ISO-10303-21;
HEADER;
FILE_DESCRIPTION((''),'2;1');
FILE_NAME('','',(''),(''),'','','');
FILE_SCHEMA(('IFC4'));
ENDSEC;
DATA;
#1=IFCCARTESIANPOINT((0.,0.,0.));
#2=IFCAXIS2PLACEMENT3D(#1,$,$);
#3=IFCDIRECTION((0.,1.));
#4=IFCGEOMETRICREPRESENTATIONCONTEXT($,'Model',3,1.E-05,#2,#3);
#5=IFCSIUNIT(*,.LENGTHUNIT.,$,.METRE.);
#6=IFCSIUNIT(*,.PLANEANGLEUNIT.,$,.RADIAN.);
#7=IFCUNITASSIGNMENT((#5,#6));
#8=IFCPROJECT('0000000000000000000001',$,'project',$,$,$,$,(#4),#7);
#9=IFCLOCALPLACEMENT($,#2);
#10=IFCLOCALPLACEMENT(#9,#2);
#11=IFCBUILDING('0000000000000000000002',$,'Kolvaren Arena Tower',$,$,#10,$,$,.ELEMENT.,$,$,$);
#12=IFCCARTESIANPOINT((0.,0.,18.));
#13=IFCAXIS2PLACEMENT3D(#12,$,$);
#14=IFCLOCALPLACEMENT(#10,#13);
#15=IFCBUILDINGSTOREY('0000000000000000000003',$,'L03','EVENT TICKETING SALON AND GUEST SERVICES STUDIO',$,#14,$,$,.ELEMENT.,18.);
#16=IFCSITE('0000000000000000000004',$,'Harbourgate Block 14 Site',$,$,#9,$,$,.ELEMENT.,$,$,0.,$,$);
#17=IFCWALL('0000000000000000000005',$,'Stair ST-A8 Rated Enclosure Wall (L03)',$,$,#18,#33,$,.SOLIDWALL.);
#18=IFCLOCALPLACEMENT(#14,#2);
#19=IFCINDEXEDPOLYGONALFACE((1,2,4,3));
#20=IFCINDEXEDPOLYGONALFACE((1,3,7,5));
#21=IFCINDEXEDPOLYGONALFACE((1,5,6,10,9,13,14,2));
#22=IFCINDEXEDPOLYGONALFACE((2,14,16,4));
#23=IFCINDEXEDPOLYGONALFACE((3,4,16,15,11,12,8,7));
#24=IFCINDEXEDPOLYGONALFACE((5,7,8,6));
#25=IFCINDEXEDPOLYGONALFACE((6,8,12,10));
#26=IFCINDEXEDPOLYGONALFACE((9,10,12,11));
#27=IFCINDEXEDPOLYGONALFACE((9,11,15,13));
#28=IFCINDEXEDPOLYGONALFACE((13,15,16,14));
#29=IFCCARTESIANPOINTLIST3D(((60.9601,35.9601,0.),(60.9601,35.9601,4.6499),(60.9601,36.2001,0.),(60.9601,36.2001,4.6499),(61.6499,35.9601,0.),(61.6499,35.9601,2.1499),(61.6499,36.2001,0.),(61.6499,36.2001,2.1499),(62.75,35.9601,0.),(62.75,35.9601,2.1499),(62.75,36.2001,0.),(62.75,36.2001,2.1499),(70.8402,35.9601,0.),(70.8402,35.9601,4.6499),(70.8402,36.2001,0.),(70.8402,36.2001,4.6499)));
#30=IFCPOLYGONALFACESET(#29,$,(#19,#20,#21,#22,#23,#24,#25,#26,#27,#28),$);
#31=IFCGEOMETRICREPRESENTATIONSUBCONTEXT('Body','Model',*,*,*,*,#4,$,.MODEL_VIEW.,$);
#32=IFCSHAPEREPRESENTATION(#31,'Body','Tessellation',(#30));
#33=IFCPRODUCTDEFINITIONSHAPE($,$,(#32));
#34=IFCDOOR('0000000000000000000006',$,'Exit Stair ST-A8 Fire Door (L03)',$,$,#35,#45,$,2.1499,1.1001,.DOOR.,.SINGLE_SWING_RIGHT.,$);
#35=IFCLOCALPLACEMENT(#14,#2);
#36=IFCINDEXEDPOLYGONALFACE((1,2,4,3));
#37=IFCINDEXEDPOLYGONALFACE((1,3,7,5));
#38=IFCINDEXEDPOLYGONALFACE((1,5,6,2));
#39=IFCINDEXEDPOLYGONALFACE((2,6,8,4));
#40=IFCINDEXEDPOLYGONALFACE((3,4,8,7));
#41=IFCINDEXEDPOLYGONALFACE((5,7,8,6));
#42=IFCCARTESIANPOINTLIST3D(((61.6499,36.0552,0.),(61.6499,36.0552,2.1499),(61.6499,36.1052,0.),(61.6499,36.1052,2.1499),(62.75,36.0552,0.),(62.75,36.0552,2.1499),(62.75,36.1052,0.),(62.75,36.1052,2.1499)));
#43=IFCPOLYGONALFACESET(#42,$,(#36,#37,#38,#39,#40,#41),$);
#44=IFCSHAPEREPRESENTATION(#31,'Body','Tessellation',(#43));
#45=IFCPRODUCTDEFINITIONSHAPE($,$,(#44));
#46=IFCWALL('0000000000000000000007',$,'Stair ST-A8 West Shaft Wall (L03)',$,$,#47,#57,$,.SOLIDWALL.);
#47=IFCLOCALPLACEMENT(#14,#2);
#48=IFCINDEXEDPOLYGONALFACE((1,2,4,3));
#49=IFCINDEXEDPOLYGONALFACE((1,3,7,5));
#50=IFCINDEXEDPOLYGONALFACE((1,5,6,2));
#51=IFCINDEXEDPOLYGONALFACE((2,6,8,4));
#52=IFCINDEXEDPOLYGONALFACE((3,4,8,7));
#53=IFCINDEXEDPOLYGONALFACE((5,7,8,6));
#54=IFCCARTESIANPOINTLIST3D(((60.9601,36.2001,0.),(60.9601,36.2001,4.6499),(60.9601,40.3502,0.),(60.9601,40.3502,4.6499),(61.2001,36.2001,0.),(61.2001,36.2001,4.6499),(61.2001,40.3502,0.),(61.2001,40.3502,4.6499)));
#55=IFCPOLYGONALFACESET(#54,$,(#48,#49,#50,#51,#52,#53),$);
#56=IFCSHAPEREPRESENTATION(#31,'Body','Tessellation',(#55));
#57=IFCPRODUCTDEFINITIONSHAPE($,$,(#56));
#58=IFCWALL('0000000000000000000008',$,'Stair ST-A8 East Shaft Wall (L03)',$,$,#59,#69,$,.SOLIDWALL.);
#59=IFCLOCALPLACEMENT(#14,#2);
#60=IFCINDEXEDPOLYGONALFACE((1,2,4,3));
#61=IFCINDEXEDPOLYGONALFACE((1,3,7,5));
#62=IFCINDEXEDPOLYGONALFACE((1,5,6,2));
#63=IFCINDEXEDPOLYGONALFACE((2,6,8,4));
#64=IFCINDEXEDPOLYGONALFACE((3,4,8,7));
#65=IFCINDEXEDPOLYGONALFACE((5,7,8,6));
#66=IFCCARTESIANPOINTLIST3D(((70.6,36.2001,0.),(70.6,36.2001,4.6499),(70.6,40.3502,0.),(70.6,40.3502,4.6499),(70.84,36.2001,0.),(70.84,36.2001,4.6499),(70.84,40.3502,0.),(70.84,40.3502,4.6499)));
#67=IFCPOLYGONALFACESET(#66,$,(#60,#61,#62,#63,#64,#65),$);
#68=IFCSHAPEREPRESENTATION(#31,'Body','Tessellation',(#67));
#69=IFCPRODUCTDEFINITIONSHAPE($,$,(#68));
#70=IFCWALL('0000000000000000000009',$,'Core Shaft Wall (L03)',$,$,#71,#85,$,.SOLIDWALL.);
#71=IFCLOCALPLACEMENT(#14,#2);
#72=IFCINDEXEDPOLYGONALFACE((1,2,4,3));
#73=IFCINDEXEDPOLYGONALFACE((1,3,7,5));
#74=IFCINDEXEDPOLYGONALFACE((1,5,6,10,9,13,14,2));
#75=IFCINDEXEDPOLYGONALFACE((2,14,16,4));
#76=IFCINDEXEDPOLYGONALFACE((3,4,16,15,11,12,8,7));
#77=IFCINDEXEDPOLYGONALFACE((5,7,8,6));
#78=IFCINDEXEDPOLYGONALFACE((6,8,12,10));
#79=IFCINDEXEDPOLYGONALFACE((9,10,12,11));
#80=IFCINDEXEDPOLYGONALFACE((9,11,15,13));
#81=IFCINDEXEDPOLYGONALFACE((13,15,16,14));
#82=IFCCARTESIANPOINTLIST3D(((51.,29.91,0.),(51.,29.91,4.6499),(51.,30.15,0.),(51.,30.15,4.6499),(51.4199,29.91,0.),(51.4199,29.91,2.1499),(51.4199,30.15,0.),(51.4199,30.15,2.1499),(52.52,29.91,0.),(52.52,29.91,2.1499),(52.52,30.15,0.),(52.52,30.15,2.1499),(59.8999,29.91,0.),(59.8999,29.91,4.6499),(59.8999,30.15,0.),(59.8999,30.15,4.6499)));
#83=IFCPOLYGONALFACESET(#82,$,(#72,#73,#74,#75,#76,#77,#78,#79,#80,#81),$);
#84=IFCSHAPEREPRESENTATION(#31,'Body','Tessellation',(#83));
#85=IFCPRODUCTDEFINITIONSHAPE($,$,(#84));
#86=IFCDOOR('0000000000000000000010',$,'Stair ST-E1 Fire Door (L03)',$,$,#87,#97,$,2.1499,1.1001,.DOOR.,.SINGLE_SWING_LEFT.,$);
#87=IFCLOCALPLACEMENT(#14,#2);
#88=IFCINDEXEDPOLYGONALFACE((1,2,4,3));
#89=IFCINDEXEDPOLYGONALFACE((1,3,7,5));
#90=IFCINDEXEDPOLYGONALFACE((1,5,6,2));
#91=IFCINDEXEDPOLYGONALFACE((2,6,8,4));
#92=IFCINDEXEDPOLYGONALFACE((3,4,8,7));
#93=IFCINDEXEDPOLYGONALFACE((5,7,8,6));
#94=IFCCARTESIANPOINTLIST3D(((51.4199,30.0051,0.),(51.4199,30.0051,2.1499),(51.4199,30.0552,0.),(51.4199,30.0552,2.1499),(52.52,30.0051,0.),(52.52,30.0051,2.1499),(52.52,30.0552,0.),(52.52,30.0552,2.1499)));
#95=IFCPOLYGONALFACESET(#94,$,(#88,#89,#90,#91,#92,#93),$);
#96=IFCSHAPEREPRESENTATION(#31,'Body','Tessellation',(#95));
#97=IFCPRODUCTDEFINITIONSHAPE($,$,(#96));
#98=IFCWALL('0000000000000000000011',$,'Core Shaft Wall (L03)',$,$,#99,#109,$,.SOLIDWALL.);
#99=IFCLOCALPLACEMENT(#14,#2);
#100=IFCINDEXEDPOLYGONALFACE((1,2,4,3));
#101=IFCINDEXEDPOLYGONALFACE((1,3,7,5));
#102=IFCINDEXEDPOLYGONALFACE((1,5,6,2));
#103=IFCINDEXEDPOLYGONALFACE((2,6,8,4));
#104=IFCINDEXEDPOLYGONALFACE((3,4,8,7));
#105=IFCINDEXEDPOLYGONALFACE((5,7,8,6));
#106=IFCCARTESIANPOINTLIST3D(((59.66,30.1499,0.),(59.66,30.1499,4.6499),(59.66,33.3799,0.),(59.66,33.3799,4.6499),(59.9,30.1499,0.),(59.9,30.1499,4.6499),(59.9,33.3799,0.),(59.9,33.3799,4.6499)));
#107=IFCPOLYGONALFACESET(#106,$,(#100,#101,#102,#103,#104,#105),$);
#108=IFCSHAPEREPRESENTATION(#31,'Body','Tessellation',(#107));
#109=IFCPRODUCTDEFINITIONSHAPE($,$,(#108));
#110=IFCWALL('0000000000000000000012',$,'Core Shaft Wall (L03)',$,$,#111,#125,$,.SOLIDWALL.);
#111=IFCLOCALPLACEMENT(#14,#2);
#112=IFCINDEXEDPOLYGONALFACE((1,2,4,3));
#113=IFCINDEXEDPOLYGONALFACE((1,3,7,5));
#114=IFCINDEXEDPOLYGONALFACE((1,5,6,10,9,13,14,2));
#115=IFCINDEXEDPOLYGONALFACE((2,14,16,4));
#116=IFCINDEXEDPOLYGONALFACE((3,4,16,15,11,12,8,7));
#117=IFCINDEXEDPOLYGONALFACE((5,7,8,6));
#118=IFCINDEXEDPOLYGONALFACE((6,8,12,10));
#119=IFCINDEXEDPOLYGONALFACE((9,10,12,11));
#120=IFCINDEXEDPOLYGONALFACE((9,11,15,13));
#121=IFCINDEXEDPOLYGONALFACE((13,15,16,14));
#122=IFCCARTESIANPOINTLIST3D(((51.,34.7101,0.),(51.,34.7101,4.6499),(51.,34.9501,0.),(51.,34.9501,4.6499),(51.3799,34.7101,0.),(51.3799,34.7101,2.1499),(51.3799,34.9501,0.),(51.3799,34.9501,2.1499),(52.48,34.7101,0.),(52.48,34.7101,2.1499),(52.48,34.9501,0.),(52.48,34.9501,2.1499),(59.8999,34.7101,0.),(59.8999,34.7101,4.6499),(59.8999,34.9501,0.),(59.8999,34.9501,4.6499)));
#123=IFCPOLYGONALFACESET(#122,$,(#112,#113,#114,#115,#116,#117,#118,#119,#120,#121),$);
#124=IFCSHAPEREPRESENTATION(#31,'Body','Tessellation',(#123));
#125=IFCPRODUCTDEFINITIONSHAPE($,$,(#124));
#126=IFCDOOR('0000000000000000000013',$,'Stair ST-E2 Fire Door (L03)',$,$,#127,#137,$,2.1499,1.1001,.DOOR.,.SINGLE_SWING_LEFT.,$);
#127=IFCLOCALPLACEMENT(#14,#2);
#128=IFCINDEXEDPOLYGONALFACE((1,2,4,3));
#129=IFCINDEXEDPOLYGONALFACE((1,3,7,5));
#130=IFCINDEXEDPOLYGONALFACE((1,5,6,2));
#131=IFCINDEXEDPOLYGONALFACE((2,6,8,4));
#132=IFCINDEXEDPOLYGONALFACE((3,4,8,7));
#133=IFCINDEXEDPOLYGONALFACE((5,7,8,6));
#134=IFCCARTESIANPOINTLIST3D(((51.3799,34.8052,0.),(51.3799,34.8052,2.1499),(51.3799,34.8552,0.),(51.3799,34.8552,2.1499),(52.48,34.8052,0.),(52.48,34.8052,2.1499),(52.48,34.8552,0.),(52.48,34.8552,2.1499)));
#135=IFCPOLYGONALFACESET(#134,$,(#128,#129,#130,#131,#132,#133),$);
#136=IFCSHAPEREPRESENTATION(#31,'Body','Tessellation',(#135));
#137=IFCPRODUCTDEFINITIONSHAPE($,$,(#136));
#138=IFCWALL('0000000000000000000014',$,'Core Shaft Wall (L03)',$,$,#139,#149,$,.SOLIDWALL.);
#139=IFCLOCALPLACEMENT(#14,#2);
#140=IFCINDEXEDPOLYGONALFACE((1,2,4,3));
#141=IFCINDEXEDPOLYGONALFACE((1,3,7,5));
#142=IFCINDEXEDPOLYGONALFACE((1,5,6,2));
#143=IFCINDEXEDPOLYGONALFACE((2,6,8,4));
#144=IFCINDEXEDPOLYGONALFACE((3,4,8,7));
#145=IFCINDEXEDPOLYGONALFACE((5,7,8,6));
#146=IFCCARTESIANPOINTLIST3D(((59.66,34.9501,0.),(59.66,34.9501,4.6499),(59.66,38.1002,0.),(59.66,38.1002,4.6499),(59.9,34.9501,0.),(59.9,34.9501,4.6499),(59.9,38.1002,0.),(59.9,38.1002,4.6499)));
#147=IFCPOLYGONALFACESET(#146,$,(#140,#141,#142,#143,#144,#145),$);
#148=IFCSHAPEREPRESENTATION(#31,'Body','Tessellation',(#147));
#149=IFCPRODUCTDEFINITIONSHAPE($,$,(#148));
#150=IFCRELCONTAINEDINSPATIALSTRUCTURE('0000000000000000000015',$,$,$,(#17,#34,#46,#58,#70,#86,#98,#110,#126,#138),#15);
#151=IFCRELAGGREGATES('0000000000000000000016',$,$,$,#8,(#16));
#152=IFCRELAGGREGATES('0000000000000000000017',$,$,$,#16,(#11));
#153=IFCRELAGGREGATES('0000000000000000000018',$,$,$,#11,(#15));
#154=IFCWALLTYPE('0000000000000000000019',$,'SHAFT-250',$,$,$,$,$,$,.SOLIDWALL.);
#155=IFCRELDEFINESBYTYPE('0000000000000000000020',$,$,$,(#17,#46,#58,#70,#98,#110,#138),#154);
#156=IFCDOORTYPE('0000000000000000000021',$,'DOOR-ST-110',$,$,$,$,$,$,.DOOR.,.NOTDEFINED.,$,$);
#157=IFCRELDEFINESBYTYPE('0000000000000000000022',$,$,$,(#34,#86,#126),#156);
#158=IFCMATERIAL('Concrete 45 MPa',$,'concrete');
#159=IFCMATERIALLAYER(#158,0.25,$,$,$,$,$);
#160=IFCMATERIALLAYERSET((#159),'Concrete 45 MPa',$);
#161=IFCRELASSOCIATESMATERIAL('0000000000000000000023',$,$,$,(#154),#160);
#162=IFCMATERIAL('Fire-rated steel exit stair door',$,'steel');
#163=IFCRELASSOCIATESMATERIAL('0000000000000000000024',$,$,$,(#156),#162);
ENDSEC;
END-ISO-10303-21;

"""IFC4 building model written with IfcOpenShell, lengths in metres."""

from ifc_helpers import new_model, si_unit, direction, frame, frame_2d, origin, place, context, subcontext, project, spatial, rectangle, extrude, material, layer, layer_set, type_object, element, fill, save


model = new_model("IFC4")

# Units and contexts
model_context = context("Model", 3, precision=1e-05, world=origin(), true_north=direction((0.0, 1.0)))
body_context = subcontext(model_context, "Body", "Model", "MODEL_VIEW")
ifc_project = project(units=[si_unit("LENGTHUNIT", "METRE"), si_unit("PLANEANGLEUNIT", "RADIAN")], contexts=[model_context])

# Site, building, storey
site_placement = place(None, origin())
site = spatial("IfcSite", under=ifc_project, at=site_placement, Name="Harbourgate Block 14 Site", CompositionType="ELEMENT", RefElevation=0.0)
building_placement = place(site_placement, origin())
building = spatial("IfcBuilding", under=site, at=building_placement, Name="Kolvaren Arena Tower", CompositionType="ELEMENT")
storey_placement = place(building_placement, frame((0.0, 0.0, 18.0)))
storey = spatial("IfcBuildingStorey", under=building, at=storey_placement, Name="L03", Description="EVENT TICKETING SALON AND GUEST SERVICES STUDIO", CompositionType="ELEMENT", Elevation=18.0)

# Wall, opening, door
ifc_material_1 = material(Name="Concrete 45 MPa", Category="concrete")
ifc_layer_1 = layer(ifc_material_1, 0.25)
ifc_layer_set_1 = layer_set([ifc_layer_1], Name="Concrete 45 MPa")
wall_type_1 = type_object("IfcWallType", Name="SHAFT-250", PredefinedType="SOLIDWALL", material=ifc_layer_set_1)
wall_1_placement = place(storey_placement, frame((70.8401, 36.0801, 0.0), z_axis=(0.0, 0.0, 1.0), x_axis=(-1.0, 0.0, 0.0)))
wall_1 = element("IfcWall", 1, at=wall_1_placement, inside=storey, type_object=wall_type_1, Name="Stair ST-A8 Rated Enclosure Wall (L03)", PredefinedType="SOLIDWALL", context=body_context, shape_type="SweptSolid", body=[
    extrude(rectangle(XDim=9.8801, YDim=0.24, at=frame_2d((4.9399, 0.0))), origin(), (0.0, 0.0, 1.0), 4.6499),
])
opening_1_placement = place(wall_1_placement, frame((8.0901, 0.0, 0.0)))
opening_1 = element("IfcOpeningElement", 2, at=opening_1_placement, cuts=wall_1, PredefinedType="OPENING", context=body_context, shape_type="SweptSolid", body=[
    extrude(rectangle(XDim=1.1001, YDim=2.1499, at=frame_2d((0.55, 1.075))), frame((0.0, 0.1299, 0.0), z_axis=(0.0, -1.0, 0.0), x_axis=(1.0, 0.0, 0.0)), (0.0, 0.0, 1.0), 0.26),
])
ifc_material_2 = material(Name="Fire-rated steel exit stair door", Category="steel")
door_type = type_object("IfcDoorType", Name="DOOR-ST-110", OperationType="NOTDEFINED", PredefinedType="DOOR", material=ifc_material_2)
door_1_placement = place(opening_1_placement, origin())
door_1 = element("IfcDoor", 3, at=door_1_placement, inside=storey, type_object=door_type, Name="Exit Stair ST-A8 Fire Door (L03)", OperationType="SINGLE_SWING_RIGHT", OverallHeight=2.1499, OverallWidth=1.1001, PredefinedType="DOOR", context=body_context, shape_type="SweptSolid", body=[
    extrude(rectangle(XDim=1.1001, YDim=2.1499, at=frame_2d((0.55, 1.075))), frame((0.0, 0.0249, 0.0), z_axis=(0.0, -1.0, 0.0), x_axis=(1.0, 0.0, 0.0)), (0.0, 0.0, 1.0), 0.05),
])
fill(opening_1, door_1)

# Walls
for number, where, z_axis, x_axis, name in (
    (4, (61.0801, 36.2, 0.0), (0.0, 0.0, 1.0), (0.0, 1.0, 0.0), "Stair ST-A8 West Shaft Wall (L03)"),
    (5, (70.72, 36.2, 0.0), (0.0, 0.0, 1.0), (0.0, 1.0, 0.0), "Stair ST-A8 East Shaft Wall (L03)"),
):
    element("IfcWall", number, at=place(storey_placement, frame(where, z_axis=z_axis, x_axis=x_axis)), inside=storey, type_object=wall_type_1, Name=name, PredefinedType="SOLIDWALL", context=body_context, shape_type="SweptSolid", body=[
        extrude(rectangle(XDim=4.1501, YDim=0.24, at=frame_2d((2.0752, 0.0))), origin(), (0.0, 0.0, 1.0), 4.6499),
    ])

# Wall, opening, door
wall_2_placement = place(storey_placement, frame((59.8999, 30.03, 0.0), z_axis=(0.0, 0.0, 1.0), x_axis=(-1.0, 0.0, 0.0)))
wall_2 = element("IfcWall", 6, at=wall_2_placement, inside=storey, type_object=wall_type_1, Name="Core Shaft Wall (L03)", PredefinedType="SOLIDWALL", context=body_context, shape_type="SweptSolid", body=[
    extrude(rectangle(XDim=8.8999, YDim=0.24, at=frame_2d((4.45, 0.0))), origin(), (0.0, 0.0, 1.0), 4.6499),
])
opening_2_placement = place(wall_2_placement, frame((7.3799, 0.0, 0.0)))
opening_2 = element("IfcOpeningElement", 7, at=opening_2_placement, cuts=wall_2, PredefinedType="OPENING", context=body_context, shape_type="SweptSolid", body=[
    extrude(rectangle(XDim=1.1001, YDim=2.1499, at=frame_2d((0.55, 1.075))), frame((0.0, 0.1299, 0.0), z_axis=(0.0, -1.0, 0.0), x_axis=(1.0, 0.0, 0.0)), (0.0, 0.0, 1.0), 0.26),
])
door_2_placement = place(opening_2_placement, origin())
door_2 = element("IfcDoor", 8, at=door_2_placement, inside=storey, type_object=door_type, Name="Stair ST-E1 Fire Door (L03)", OperationType="SINGLE_SWING_LEFT", OverallHeight=2.1499, OverallWidth=1.1001, PredefinedType="DOOR", context=body_context, shape_type="SweptSolid", body=[
    extrude(rectangle(XDim=1.1001, YDim=2.1499, at=frame_2d((0.55, 1.075))), frame((0.0, 0.0249, 0.0), z_axis=(0.0, -1.0, 0.0), x_axis=(1.0, 0.0, 0.0)), (0.0, 0.0, 1.0), 0.05),
])
fill(opening_2, door_2)

# Wall
wall_3_placement = place(storey_placement, frame((59.78, 30.1499, 0.0), z_axis=(0.0, 0.0, 1.0), x_axis=(0.0, 1.0, 0.0)))
element("IfcWall", 9, at=wall_3_placement, inside=storey, type_object=wall_type_1, Name="Core Shaft Wall (L03)", PredefinedType="SOLIDWALL", context=body_context, shape_type="SweptSolid", body=[
    extrude(rectangle(XDim=3.23, YDim=0.24, at=frame_2d((1.615, 0.0))), origin(), (0.0, 0.0, 1.0), 4.6499),
])

# Wall, opening, door
wall_4_placement = place(storey_placement, frame((59.8999, 34.8301, 0.0), z_axis=(0.0, 0.0, 1.0), x_axis=(-1.0, 0.0, 0.0)))
wall_4 = element("IfcWall", 10, at=wall_4_placement, inside=storey, type_object=wall_type_1, Name="Core Shaft Wall (L03)", PredefinedType="SOLIDWALL", context=body_context, shape_type="SweptSolid", body=[
    extrude(rectangle(XDim=8.8999, YDim=0.24, at=frame_2d((4.45, 0.0))), origin(), (0.0, 0.0, 1.0), 4.6499),
])
opening_3_placement = place(wall_4_placement, frame((7.4199, 0.0, 0.0)))
opening_3 = element("IfcOpeningElement", 11, at=opening_3_placement, cuts=wall_4, PredefinedType="OPENING", context=body_context, shape_type="SweptSolid", body=[
    extrude(rectangle(XDim=1.1001, YDim=2.1499, at=frame_2d((0.55, 1.075))), frame((0.0, 0.1299, 0.0), z_axis=(0.0, -1.0, 0.0), x_axis=(1.0, 0.0, 0.0)), (0.0, 0.0, 1.0), 0.26),
])
door_3_placement = place(opening_3_placement, origin())
door_3 = element("IfcDoor", 12, at=door_3_placement, inside=storey, type_object=door_type, Name="Stair ST-E2 Fire Door (L03)", OperationType="SINGLE_SWING_LEFT", OverallHeight=2.1499, OverallWidth=1.1001, PredefinedType="DOOR", context=body_context, shape_type="SweptSolid", body=[
    extrude(rectangle(XDim=1.1001, YDim=2.1499, at=frame_2d((0.55, 1.075))), frame((0.0, 0.0249, 0.0), z_axis=(0.0, -1.0, 0.0), x_axis=(1.0, 0.0, 0.0)), (0.0, 0.0, 1.0), 0.05),
])
fill(opening_3, door_3)

# Wall
wall_5_placement = place(storey_placement, frame((59.78, 34.95, 0.0), z_axis=(0.0, 0.0, 1.0), x_axis=(0.0, 1.0, 0.0)))
element("IfcWall", 13, at=wall_5_placement, inside=storey, type_object=wall_type_1, Name="Core Shaft Wall (L03)", PredefinedType="SOLIDWALL", context=body_context, shape_type="SweptSolid", body=[
    extrude(rectangle(XDim=3.1501, YDim=0.24, at=frame_2d((1.5752, 0.0))), origin(), (0.0, 0.0, 1.0), 4.6499),
])

save(model, "model.ifc")
